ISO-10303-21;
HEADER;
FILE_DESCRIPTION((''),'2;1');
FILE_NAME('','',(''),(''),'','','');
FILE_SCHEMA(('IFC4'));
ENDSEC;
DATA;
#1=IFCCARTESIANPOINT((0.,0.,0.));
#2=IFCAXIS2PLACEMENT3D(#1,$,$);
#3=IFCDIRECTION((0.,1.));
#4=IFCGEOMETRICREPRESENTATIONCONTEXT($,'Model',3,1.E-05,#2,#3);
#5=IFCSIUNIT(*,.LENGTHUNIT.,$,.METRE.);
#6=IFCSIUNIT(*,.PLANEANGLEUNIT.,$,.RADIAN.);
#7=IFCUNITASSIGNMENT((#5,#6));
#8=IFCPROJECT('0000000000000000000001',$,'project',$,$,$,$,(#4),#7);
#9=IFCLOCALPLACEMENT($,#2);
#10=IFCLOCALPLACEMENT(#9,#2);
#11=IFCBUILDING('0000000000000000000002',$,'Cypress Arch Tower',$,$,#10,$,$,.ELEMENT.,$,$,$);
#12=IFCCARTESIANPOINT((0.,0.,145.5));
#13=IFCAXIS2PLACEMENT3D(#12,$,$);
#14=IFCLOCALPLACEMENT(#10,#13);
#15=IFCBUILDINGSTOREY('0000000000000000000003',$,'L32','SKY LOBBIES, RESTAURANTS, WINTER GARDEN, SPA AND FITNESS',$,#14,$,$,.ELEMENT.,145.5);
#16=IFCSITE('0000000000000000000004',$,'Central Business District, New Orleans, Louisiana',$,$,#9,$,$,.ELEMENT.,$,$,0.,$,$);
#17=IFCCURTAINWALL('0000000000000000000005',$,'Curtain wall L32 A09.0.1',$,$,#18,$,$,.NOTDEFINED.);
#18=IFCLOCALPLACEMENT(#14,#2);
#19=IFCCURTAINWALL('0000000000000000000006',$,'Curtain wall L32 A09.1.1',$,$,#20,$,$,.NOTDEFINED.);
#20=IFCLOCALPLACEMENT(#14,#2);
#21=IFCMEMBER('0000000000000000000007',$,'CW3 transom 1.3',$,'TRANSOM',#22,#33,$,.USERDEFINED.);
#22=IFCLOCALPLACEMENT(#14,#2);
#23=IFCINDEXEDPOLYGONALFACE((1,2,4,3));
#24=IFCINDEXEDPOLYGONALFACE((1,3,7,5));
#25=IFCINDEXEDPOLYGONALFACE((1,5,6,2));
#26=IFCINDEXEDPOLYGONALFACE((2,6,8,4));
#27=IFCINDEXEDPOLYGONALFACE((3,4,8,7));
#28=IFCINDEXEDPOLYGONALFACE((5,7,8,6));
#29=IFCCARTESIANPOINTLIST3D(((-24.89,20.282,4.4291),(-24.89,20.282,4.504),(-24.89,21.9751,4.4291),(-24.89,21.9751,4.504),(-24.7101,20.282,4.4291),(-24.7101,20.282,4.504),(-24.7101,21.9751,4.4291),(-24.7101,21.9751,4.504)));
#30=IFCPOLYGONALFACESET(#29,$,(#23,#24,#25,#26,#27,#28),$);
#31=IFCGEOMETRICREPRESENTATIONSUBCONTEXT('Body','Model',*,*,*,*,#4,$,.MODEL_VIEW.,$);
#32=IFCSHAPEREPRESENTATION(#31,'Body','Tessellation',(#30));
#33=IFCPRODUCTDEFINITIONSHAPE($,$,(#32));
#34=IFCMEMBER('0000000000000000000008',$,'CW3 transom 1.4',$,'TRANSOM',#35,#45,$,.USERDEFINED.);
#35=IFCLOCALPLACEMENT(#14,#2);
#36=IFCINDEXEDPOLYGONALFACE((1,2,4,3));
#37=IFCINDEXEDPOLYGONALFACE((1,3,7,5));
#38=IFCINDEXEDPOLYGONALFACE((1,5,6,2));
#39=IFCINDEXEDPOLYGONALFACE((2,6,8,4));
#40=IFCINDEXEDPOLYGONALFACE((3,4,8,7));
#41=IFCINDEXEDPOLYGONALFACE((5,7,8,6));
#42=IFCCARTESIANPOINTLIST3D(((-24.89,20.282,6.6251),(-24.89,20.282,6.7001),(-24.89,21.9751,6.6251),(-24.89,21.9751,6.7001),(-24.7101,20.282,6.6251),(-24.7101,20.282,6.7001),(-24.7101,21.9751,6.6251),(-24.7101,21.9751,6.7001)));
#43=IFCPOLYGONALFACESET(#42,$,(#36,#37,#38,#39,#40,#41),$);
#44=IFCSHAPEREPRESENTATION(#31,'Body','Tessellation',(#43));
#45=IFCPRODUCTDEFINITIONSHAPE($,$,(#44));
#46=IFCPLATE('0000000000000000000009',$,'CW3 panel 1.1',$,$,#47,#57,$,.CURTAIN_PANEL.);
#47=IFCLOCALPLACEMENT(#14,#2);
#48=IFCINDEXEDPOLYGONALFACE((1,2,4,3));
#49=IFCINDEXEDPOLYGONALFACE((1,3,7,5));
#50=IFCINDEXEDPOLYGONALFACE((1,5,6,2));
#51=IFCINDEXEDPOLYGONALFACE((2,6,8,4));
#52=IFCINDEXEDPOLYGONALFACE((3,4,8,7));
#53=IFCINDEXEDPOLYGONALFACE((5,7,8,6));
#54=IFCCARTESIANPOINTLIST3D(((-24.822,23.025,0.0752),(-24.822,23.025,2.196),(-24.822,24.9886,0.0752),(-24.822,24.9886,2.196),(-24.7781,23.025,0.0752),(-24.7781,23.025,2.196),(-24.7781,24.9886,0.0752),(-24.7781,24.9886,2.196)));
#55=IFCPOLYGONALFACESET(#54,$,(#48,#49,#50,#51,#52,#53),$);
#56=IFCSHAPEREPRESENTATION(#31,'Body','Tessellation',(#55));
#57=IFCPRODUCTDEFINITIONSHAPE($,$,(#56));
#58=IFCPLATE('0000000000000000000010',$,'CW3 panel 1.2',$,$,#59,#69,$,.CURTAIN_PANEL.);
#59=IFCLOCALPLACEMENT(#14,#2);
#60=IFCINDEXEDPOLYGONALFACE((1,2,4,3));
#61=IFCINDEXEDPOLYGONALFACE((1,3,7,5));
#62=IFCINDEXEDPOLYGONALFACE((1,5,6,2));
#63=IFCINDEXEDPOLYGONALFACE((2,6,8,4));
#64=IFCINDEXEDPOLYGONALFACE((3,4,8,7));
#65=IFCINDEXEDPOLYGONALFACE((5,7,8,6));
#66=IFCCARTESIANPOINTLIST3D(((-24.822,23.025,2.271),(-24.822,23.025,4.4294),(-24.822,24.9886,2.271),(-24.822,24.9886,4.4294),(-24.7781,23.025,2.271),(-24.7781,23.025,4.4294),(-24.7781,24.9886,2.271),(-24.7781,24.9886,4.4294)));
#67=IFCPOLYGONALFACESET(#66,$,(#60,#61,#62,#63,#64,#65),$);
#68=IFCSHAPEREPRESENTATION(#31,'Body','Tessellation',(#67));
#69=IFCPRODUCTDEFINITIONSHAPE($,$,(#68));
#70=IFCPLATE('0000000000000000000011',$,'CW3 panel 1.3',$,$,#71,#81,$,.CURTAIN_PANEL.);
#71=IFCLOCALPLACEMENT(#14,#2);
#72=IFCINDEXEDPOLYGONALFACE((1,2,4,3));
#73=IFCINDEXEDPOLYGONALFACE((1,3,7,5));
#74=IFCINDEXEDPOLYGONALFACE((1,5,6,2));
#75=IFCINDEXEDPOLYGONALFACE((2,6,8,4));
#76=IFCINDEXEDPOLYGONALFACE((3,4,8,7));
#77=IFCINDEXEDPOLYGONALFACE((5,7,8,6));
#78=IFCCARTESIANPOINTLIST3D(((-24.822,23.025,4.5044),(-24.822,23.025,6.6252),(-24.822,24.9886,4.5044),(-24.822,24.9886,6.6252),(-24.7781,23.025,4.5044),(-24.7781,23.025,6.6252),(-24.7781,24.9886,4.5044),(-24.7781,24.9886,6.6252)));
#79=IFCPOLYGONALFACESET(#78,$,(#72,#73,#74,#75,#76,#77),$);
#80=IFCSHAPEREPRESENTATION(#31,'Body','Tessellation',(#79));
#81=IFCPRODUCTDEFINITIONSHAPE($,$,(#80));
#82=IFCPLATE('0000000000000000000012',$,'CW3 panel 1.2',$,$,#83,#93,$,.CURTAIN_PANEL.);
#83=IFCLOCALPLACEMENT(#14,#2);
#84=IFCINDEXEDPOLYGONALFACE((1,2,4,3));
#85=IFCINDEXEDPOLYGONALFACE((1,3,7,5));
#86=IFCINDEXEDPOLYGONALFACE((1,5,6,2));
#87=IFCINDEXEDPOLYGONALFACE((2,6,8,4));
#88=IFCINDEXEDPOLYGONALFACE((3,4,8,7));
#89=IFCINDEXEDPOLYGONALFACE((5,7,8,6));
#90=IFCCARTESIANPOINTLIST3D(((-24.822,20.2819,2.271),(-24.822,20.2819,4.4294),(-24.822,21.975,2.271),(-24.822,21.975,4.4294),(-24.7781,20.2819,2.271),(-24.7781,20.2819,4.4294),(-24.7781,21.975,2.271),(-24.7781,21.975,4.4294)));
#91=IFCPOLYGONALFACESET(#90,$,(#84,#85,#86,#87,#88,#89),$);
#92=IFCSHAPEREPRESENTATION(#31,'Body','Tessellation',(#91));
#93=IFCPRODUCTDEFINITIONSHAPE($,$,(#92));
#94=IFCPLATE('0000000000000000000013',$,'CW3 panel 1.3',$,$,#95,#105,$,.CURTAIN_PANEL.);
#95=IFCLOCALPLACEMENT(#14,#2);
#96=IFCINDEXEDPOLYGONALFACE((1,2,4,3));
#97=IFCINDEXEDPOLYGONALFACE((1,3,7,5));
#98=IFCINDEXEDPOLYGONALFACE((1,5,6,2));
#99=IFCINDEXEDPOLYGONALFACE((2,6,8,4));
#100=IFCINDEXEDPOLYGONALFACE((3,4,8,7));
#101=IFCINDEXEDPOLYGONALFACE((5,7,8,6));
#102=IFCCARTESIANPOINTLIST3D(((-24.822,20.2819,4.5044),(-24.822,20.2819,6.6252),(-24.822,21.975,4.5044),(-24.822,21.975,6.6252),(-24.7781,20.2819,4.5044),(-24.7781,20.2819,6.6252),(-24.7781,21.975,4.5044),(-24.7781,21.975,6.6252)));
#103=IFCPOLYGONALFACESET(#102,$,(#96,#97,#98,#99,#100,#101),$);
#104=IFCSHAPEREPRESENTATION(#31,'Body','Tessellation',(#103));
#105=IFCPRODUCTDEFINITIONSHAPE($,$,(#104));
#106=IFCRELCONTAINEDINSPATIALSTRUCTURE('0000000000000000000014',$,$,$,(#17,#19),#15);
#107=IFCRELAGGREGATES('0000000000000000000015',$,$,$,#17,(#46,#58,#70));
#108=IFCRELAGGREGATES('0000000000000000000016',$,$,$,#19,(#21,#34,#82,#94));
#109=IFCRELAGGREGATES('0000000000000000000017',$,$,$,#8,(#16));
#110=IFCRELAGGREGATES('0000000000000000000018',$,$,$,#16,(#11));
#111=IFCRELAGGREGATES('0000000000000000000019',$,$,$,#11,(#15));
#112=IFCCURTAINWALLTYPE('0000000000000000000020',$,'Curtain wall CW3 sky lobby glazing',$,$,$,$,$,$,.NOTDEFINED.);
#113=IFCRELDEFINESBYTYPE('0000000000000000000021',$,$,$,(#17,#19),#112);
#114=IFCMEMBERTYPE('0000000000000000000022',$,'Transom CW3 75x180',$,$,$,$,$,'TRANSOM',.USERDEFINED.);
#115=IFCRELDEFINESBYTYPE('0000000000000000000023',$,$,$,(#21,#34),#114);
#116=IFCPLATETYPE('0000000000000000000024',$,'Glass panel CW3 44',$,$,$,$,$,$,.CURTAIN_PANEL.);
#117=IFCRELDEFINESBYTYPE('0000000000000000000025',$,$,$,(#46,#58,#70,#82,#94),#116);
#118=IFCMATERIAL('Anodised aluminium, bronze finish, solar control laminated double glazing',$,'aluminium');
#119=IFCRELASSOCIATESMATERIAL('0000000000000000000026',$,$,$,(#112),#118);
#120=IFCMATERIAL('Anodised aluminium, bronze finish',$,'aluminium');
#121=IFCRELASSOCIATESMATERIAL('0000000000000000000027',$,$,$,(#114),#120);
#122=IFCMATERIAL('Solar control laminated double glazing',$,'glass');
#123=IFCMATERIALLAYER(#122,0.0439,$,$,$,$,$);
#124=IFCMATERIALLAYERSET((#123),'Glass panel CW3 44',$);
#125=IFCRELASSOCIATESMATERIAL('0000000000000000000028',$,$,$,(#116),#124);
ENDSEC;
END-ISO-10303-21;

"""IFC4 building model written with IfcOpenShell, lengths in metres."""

from ifc_helpers import new_model, si_unit, direction, frame, origin, origin_2d, place, context, subcontext, project, spatial, rectangle, extrude, material, layer, layer_set, material_profile, profile_set, type_object, element, aggregate, save


model = new_model("IFC4")

# Units and contexts
model_context = context("Model", 3, precision=1e-05, world=origin(), true_north=direction((0.0, 1.0)))
body_context = subcontext(model_context, "Body", "Model", "MODEL_VIEW")
ifc_project = project(units=[si_unit("LENGTHUNIT", "METRE"), si_unit("PLANEANGLEUNIT", "RADIAN")], contexts=[model_context])

# Site, building, storey
site_placement = place(None, origin())
site = spatial("IfcSite", under=ifc_project, at=site_placement, Name="Central Business District, New Orleans, Louisiana", CompositionType="ELEMENT", RefElevation=0.0)
building_placement = place(site_placement, origin())
building = spatial("IfcBuilding", under=site, at=building_placement, Name="Cypress Arch Tower", CompositionType="ELEMENT")
storey_placement = place(building_placement, frame((0.0, 0.0, 145.5)))
storey = spatial("IfcBuildingStorey", under=building, at=storey_placement, Name="L32", Description="SKY LOBBIES, RESTAURANTS, WINTER GARDEN, SPA AND FITNESS", CompositionType="ELEMENT", Elevation=145.5)

# Shared definitions
ifc_material_1 = material(Name="Anodised aluminium, bronze finish, solar control laminated double glazing", Category="aluminium")
curtain_wall_type = type_object("IfcCurtainWallType", Name="Curtain wall CW3 sky lobby glazing", PredefinedType="NOTDEFINED", material=ifc_material_1)

# Curtain wall
curtain_wall_1_placement = place(storey_placement, origin())
curtain_wall_1 = element("IfcCurtainWall", 1, at=curtain_wall_1_placement, inside=storey, type_object=curtain_wall_type, Name="Curtain wall L32 A09.0.1", PredefinedType="NOTDEFINED")

# Curtain wall
curtain_wall_2_placement = place(storey_placement, origin())
curtain_wall_2 = element("IfcCurtainWall", 2, at=curtain_wall_2_placement, inside=storey, type_object=curtain_wall_type, Name="Curtain wall L32 A09.1.1", PredefinedType="NOTDEFINED")

# Members
ifc_material_2 = material(Name="Anodised aluminium, bronze finish", Category="aluminium")
ifc_material_profile_1 = material_profile(ifc_material_2, rectangle(XDim=0.1799, YDim=0.075, at=origin_2d()), Name="Transom 75x180")
ifc_profile_set_1 = profile_set([ifc_material_profile_1], Name="Anodised aluminium, bronze finish")
member_type_1 = type_object("IfcMemberType", Name="Transom CW3 75x180", ElementType="TRANSOM", PredefinedType="USERDEFINED", material=ifc_profile_set_1)
member_1_placement = place(storey_placement, frame((-24.8, 21.9751, 4.4666), z_axis=(0.0, -1.0, 0.0), x_axis=(1.0, 0.0, 0.0)))
member_1 = element("IfcMember", 3, at=member_1_placement, type_object=member_type_1, Name="CW3 transom 1.3", ObjectType="TRANSOM", PredefinedType="USERDEFINED", context=body_context, shape_type="SweptSolid", body=[
    extrude(rectangle(XDim=0.1799, YDim=0.075, at=origin_2d()), origin(), (0.0, 0.0, 1.0), 1.6931),
])
member_2_placement = place(storey_placement, frame((-24.8, 21.9751, 6.6626), z_axis=(0.0, -1.0, 0.0), x_axis=(1.0, 0.0, 0.0)))
member_2 = element("IfcMember", 4, at=member_2_placement, type_object=member_type_1, Name="CW3 transom 1.4", ObjectType="TRANSOM", PredefinedType="USERDEFINED", context=body_context, shape_type="SweptSolid", body=[
    extrude(rectangle(XDim=0.1799, YDim=0.075, at=origin_2d()), origin(), (0.0, 0.0, 1.0), 1.6931),
])

# Plates
ifc_material_3 = material(Name="Solar control laminated double glazing", Category="glass")
ifc_layer = layer(ifc_material_3, 0.0439)
ifc_layer_set = layer_set([ifc_layer], Name="Glass panel CW3 44")
plate_type = type_object("IfcPlateType", Name="Glass panel CW3 44", PredefinedType="CURTAIN_PANEL", material=ifc_layer_set)
plate_1_placement = place(storey_placement, frame((-24.8, 24.0068, 0.0752), z_axis=(0.0, 0.0, 1.0), x_axis=(0.0, -1.0, 0.0)))
plate_1 = element("IfcPlate", 5, at=plate_1_placement, type_object=plate_type, Name="CW3 panel 1.1", PredefinedType="CURTAIN_PANEL", context=body_context, shape_type="SweptSolid", body=[
    extrude(rectangle(XDim=1.9636, YDim=0.0439, at=origin_2d()), origin(), (0.0, 0.0, 1.0), 2.1208),
])
plate_2_placement = place(storey_placement, frame((-24.8, 24.0068, 2.271), z_axis=(0.0, 0.0, 1.0), x_axis=(0.0, -1.0, 0.0)))
plate_2 = element("IfcPlate", 6, at=plate_2_placement, type_object=plate_type, Name="CW3 panel 1.2", PredefinedType="CURTAIN_PANEL", context=body_context, shape_type="SweptSolid", body=[
    extrude(rectangle(XDim=1.9636, YDim=0.0439, at=origin_2d()), origin(), (0.0, 0.0, 1.0), 2.1584),
])
plate_3_placement = place(storey_placement, frame((-24.8, 24.0068, 4.5044), z_axis=(0.0, 0.0, 1.0), x_axis=(0.0, -1.0, 0.0)))
plate_3 = element("IfcPlate", 7, at=plate_3_placement, type_object=plate_type, Name="CW3 panel 1.3", PredefinedType="CURTAIN_PANEL", context=body_context, shape_type="SweptSolid", body=[
    extrude(rectangle(XDim=1.9636, YDim=0.0439, at=origin_2d()), origin(), (0.0, 0.0, 1.0), 2.1208),
])
aggregate(curtain_wall_1, [plate_1, plate_2, plate_3])
plate_4_placement = place(storey_placement, frame((-24.8, 21.1284, 2.271), z_axis=(0.0, 0.0, 1.0), x_axis=(0.0, -1.0, 0.0)))
plate_4 = element("IfcPlate", 8, at=plate_4_placement, type_object=plate_type, Name="CW3 panel 1.2", PredefinedType="CURTAIN_PANEL", context=body_context, shape_type="SweptSolid", body=[
    extrude(rectangle(XDim=1.6931, YDim=0.0439, at=origin_2d()), origin(), (0.0, 0.0, 1.0), 2.1584),
])
plate_5_placement = place(storey_placement, frame((-24.8, 21.1284, 4.5044), z_axis=(0.0, 0.0, 1.0), x_axis=(0.0, -1.0, 0.0)))
plate_5 = element("IfcPlate", 9, at=plate_5_placement, type_object=plate_type, Name="CW3 panel 1.3", PredefinedType="CURTAIN_PANEL", context=body_context, shape_type="SweptSolid", body=[
    extrude(rectangle(XDim=1.6931, YDim=0.0439, at=origin_2d()), origin(), (0.0, 0.0, 1.0), 2.1208),
])
aggregate(curtain_wall_2, [member_1, member_2, plate_4, plate_5])

save(model, "model.ifc")
